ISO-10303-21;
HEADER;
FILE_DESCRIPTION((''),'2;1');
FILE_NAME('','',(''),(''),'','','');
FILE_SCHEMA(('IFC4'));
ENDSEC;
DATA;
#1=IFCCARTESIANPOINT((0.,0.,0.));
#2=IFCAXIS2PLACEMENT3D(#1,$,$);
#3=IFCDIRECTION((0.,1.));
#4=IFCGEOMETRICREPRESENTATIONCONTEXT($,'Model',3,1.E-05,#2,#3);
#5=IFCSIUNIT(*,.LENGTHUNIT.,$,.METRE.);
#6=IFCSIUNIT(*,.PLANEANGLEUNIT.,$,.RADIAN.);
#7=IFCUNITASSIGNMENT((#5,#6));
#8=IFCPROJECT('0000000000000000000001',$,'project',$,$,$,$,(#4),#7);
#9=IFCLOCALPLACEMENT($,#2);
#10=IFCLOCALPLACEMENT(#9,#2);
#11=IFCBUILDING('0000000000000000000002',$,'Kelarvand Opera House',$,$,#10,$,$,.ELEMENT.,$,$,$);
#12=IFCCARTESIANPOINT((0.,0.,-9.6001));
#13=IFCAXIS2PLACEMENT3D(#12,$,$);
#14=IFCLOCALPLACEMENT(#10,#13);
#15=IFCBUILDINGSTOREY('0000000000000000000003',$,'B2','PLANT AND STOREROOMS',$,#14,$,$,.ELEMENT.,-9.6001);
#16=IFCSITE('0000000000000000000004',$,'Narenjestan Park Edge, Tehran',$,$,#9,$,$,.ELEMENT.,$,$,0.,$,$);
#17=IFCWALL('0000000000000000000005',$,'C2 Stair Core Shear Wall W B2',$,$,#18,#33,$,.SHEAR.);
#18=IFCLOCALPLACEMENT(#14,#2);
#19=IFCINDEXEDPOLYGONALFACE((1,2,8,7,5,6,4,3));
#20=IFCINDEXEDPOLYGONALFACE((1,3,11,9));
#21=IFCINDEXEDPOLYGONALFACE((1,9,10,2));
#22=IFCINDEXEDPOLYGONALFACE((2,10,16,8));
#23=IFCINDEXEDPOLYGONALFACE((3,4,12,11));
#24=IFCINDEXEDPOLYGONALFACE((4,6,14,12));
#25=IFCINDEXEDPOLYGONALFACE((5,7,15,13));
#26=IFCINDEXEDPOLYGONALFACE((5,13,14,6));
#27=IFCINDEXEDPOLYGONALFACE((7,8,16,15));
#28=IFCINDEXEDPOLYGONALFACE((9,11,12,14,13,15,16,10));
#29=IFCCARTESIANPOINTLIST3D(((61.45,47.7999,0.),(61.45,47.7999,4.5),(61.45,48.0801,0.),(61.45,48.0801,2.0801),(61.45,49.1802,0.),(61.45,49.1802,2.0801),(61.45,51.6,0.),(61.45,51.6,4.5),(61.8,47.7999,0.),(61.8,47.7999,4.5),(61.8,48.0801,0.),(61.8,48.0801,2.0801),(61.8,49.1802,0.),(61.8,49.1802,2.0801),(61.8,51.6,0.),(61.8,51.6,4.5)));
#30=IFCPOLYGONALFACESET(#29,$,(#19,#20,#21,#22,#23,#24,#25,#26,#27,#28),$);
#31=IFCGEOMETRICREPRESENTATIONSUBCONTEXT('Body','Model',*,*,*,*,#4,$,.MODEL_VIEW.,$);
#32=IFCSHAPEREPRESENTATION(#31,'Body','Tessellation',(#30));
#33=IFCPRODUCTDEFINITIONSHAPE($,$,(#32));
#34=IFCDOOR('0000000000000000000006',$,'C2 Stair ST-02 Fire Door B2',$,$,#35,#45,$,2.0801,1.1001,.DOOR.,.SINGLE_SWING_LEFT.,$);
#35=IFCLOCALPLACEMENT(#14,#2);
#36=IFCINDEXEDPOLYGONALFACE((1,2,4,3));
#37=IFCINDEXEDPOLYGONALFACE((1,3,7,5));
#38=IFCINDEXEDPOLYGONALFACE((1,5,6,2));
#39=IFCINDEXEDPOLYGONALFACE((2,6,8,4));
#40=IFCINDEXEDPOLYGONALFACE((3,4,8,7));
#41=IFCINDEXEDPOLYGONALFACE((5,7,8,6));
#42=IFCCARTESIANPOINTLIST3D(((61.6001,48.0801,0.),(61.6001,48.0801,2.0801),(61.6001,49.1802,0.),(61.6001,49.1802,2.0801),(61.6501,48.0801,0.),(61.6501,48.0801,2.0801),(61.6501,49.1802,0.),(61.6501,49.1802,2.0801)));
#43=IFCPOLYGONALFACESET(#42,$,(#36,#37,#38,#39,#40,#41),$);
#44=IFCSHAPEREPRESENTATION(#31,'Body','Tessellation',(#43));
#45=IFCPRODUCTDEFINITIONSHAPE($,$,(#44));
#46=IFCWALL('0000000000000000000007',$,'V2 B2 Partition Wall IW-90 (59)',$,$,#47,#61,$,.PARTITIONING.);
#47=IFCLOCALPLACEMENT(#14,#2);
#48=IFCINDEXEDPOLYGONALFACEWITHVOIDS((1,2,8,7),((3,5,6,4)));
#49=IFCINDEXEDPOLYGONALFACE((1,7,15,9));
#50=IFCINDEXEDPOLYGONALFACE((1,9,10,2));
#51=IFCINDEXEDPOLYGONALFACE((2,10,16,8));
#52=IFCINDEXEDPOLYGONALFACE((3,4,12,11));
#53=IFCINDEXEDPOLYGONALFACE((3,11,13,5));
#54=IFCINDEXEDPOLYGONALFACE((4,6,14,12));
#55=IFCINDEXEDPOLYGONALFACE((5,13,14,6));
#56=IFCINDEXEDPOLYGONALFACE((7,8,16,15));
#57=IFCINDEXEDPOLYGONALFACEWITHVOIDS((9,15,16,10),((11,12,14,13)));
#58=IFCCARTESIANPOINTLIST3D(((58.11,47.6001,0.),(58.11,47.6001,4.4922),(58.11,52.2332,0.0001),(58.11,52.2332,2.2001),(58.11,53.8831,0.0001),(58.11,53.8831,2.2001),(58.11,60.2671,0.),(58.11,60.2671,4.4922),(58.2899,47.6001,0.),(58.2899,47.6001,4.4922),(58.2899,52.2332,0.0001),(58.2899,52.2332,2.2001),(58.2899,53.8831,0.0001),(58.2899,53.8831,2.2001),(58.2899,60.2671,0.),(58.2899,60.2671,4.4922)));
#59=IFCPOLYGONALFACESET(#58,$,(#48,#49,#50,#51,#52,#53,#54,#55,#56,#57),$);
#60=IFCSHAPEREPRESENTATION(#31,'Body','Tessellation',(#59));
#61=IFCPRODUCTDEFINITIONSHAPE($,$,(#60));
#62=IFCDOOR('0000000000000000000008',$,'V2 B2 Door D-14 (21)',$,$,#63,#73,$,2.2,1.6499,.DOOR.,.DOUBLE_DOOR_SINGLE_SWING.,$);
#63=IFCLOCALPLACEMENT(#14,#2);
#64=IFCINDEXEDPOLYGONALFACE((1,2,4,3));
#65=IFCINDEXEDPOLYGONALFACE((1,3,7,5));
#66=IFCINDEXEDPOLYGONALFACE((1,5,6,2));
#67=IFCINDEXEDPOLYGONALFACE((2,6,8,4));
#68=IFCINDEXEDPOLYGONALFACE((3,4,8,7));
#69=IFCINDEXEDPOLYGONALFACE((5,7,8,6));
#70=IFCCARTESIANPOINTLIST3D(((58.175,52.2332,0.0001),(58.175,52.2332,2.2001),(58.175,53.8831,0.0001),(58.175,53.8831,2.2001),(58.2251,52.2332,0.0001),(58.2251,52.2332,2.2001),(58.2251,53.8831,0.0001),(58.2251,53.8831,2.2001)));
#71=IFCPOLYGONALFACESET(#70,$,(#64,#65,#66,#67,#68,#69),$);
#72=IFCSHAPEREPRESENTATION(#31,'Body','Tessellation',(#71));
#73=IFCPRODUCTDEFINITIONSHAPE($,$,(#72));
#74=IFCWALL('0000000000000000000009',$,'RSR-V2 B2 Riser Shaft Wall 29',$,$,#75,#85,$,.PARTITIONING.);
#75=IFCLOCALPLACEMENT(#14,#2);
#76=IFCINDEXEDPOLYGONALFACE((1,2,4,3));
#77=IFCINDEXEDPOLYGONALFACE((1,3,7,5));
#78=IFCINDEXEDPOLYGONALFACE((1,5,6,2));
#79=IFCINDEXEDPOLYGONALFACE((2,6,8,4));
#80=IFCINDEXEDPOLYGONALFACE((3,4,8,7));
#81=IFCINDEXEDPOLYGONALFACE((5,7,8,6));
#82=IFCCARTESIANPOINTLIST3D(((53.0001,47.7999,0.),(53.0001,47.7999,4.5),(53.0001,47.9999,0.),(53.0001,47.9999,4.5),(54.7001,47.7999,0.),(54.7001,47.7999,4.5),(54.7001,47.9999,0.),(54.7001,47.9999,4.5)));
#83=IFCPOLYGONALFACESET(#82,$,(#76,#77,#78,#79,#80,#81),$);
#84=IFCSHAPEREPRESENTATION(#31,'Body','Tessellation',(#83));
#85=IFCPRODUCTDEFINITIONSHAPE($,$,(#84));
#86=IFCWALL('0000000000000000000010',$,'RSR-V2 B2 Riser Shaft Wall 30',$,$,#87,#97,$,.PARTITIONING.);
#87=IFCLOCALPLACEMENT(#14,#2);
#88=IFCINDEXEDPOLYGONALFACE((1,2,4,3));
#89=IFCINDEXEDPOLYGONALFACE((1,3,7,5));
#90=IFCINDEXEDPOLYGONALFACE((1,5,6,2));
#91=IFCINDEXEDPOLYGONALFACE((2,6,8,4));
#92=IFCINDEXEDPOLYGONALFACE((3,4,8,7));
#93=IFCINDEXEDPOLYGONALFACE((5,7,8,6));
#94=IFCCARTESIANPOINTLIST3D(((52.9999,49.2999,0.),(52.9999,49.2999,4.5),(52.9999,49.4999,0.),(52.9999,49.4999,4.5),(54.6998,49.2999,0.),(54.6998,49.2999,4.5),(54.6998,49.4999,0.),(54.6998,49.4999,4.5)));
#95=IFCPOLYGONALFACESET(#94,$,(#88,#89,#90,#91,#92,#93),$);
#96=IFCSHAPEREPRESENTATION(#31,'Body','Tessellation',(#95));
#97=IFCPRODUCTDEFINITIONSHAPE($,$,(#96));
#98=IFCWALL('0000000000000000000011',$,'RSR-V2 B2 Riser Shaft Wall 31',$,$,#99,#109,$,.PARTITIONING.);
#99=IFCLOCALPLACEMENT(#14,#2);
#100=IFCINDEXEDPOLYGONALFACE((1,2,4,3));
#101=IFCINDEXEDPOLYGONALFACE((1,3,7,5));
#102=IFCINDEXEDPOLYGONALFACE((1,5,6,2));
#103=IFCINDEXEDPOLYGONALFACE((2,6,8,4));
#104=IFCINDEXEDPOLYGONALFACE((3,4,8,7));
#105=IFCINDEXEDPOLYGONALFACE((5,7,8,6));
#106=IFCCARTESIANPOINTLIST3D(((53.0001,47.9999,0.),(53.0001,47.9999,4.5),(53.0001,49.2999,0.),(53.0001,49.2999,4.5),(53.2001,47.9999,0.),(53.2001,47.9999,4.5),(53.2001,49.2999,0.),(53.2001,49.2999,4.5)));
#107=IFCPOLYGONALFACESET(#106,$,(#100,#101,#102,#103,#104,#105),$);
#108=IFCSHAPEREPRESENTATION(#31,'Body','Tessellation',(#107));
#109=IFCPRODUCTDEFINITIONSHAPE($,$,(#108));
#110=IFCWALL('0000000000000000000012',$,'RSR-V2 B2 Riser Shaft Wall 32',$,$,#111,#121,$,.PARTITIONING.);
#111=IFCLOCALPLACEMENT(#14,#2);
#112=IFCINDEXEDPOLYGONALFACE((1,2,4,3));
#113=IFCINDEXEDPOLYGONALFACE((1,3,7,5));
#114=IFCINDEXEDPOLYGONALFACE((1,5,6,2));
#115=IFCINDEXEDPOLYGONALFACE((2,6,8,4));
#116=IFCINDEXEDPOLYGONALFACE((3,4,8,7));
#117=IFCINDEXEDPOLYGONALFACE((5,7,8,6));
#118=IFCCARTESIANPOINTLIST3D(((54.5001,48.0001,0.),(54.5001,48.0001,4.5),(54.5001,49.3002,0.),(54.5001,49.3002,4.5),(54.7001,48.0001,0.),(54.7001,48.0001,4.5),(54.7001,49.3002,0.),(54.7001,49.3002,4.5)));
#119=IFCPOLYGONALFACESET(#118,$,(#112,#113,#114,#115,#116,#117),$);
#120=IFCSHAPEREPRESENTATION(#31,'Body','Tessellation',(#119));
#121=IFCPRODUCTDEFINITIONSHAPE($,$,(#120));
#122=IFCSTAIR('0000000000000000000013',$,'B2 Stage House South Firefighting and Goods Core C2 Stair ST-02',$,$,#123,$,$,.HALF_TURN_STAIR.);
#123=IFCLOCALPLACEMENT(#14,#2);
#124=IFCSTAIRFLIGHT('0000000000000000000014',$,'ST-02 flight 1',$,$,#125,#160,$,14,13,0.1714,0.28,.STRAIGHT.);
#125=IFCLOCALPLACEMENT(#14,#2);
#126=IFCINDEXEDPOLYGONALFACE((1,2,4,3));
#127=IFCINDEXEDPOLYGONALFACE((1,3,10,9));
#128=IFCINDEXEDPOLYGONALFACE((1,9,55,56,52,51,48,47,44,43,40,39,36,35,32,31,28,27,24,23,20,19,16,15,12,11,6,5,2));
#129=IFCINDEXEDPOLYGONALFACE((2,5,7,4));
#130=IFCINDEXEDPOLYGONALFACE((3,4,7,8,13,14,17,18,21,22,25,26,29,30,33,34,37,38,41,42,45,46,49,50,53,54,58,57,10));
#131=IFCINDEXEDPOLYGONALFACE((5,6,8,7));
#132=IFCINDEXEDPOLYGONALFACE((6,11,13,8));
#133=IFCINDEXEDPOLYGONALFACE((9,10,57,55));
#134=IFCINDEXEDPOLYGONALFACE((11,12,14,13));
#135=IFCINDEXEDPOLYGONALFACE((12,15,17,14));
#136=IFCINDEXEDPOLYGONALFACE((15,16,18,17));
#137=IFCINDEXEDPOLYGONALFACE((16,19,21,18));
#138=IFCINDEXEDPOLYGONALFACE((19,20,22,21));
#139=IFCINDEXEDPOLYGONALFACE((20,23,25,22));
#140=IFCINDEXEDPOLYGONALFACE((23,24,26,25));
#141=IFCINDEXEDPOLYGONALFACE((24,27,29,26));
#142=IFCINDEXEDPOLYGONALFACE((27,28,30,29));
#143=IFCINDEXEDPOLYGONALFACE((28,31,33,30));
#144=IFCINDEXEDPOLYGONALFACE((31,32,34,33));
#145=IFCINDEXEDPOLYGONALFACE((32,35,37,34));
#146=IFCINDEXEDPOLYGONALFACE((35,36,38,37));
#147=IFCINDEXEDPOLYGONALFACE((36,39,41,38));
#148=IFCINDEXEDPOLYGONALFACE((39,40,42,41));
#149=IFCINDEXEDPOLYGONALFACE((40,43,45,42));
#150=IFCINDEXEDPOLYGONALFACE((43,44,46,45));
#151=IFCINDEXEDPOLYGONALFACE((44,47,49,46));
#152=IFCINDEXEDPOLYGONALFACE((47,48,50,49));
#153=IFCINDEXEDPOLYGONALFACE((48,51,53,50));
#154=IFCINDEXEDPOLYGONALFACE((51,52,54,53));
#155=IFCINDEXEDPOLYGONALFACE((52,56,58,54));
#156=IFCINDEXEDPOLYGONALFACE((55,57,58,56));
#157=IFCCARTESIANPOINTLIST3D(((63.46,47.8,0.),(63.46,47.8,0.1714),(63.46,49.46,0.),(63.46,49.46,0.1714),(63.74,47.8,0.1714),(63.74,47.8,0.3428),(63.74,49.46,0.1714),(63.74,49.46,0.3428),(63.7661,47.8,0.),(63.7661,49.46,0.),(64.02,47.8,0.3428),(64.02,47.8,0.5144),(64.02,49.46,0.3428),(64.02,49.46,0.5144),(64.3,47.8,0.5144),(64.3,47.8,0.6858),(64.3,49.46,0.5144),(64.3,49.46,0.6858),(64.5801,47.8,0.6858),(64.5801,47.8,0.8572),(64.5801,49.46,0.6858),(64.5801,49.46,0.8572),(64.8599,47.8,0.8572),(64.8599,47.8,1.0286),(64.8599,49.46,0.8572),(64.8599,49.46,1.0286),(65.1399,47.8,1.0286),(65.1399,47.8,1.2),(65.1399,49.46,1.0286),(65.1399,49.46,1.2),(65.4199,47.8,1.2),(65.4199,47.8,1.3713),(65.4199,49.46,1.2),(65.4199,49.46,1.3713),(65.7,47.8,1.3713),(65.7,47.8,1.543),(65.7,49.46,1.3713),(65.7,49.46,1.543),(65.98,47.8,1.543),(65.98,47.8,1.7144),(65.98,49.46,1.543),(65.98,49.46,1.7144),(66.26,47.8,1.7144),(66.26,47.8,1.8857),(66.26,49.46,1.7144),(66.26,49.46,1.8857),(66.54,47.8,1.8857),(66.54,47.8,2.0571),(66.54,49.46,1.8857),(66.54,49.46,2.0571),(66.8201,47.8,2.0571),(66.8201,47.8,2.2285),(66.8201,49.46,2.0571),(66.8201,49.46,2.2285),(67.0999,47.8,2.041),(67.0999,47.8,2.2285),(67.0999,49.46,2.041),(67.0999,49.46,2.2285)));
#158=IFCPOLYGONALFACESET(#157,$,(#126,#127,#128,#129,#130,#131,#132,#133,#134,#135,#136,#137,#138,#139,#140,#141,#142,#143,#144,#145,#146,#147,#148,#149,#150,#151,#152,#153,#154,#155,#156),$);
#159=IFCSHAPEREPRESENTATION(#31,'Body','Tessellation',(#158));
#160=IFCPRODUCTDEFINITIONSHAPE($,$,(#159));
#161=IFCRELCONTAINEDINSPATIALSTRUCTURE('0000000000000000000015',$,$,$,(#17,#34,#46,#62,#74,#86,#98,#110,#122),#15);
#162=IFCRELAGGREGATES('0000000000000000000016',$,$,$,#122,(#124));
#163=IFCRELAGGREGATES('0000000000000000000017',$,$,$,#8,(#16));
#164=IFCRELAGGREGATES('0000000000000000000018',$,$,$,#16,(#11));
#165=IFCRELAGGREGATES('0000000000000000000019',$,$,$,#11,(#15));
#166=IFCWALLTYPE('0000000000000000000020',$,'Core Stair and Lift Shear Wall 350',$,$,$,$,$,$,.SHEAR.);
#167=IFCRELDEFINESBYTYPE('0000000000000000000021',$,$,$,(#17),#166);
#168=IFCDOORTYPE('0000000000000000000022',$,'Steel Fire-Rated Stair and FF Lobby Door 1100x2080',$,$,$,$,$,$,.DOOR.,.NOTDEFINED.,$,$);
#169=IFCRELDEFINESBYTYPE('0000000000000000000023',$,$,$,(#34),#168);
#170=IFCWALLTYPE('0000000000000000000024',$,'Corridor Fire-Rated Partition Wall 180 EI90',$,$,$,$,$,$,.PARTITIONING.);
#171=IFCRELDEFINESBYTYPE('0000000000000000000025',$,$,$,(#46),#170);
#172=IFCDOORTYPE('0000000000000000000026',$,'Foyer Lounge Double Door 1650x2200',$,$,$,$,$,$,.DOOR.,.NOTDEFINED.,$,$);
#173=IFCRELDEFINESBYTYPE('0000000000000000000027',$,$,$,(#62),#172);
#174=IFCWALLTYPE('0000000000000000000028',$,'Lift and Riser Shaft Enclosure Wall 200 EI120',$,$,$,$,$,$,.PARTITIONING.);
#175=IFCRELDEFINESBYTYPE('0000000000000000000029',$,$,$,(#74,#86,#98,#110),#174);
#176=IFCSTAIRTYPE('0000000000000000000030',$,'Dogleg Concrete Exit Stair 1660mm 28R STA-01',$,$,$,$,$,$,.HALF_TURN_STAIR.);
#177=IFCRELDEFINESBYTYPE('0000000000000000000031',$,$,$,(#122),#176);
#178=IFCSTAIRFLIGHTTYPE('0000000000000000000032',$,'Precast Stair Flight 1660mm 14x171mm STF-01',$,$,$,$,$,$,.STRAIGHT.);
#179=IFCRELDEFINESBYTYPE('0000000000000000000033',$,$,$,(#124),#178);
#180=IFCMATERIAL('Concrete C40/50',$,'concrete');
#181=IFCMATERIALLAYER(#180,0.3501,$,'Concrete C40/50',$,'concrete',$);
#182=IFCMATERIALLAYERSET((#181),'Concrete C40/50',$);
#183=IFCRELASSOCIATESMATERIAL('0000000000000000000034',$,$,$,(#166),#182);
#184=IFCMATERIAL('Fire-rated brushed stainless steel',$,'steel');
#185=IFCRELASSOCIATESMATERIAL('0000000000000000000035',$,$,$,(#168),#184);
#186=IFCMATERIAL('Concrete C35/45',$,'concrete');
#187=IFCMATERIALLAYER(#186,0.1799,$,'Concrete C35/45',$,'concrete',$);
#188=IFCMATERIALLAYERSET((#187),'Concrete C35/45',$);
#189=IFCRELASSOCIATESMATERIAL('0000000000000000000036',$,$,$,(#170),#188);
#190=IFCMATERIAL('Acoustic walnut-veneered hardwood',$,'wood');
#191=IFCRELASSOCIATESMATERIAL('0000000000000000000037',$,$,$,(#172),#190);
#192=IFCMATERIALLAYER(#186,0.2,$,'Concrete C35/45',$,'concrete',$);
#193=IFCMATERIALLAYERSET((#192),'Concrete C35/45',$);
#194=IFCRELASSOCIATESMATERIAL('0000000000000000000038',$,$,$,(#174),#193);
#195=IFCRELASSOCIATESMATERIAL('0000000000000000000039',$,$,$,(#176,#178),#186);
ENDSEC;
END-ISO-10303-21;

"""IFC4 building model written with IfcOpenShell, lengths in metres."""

from ifc_helpers import new_model, si_unit, direction, frame, frame_2d, origin, place, context, subcontext, project, spatial, polyline, rectangle, outline, extrude, material, layer, layer_set, type_object, element, fill, aggregate, save


model = new_model("IFC4")

# Units and contexts
model_context = context("Model", 3, precision=1e-05, world=origin(), true_north=direction((0.0, 1.0)))
body_context = subcontext(model_context, "Body", "Model", "MODEL_VIEW")
ifc_project = project(units=[si_unit("LENGTHUNIT", "METRE"), si_unit("PLANEANGLEUNIT", "RADIAN")], contexts=[model_context])

# Site, building, storey
site_placement = place(None, origin())
site = spatial("IfcSite", under=ifc_project, at=site_placement, Name="Narenjestan Park Edge, Tehran", CompositionType="ELEMENT", RefElevation=0.0)
building_placement = place(site_placement, origin())
building = spatial("IfcBuilding", under=site, at=building_placement, Name="Kelarvand Opera House", CompositionType="ELEMENT")
storey_placement = place(building_placement, frame((0.0, 0.0, -9.6001)))
storey = spatial("IfcBuildingStorey", under=building, at=storey_placement, Name="B2", Description="PLANT AND STOREROOMS", CompositionType="ELEMENT", Elevation=-9.6001)

# Shared definitions
ifc_material_1 = material(Name="Concrete C40/50", Category="concrete")

# Shared definitions
ifc_material_2 = material(Name="Concrete C35/45", Category="concrete")
ifc_layer_1 = layer(ifc_material_1, 0.3501, Name="Concrete C40/50", Category="concrete")
ifc_layer_set_1 = layer_set([ifc_layer_1], Name="Concrete C40/50")
wall_type_1 = type_object("IfcWallType", Name="Core Stair and Lift Shear Wall 350", PredefinedType="SHEAR", material=ifc_layer_set_1)

# Walls, openings, doors
wall_1_placement = place(storey_placement, frame((61.625, 47.8, 0.0), z_axis=(0.0, 0.0, 1.0), x_axis=(0.0, 1.0, 0.0)))
wall_1 = element("IfcWall", 1, at=wall_1_placement, inside=storey, type_object=wall_type_1, Name="C2 Stair Core Shear Wall W B2", PredefinedType="SHEAR", context=body_context, shape_type="SweptSolid", body=[
    extrude(rectangle(XDim=3.8, YDim=0.3501, at=frame_2d((1.8999, 0.0))), origin(), (0.0, 0.0, 1.0), 4.5),
])
opening_1_placement = place(wall_1_placement, frame((0.28, 0.0, 0.0)))
opening_1 = element("IfcOpeningElement", 2, at=opening_1_placement, cuts=wall_1, PredefinedType="OPENING", context=body_context, shape_type="SweptSolid", body=[
    extrude(rectangle(XDim=1.1001, YDim=2.0801, at=frame_2d((0.55, 1.04))), frame((0.0, 0.1851, 0.0), z_axis=(0.0, -1.0, 0.0), x_axis=(1.0, 0.0, 0.0)), (0.0, 0.0, 1.0), 0.3701),
])
ifc_material_3 = material(Name="Fire-rated brushed stainless steel", Category="steel")
door_type_1 = type_object("IfcDoorType", Name="Steel Fire-Rated Stair and FF Lobby Door 1100x2080", OperationType="NOTDEFINED", PredefinedType="DOOR", material=ifc_material_3)
door_1_placement = place(opening_1_placement, origin())
door_1 = element("IfcDoor", 3, at=door_1_placement, inside=storey, type_object=door_type_1, Name="C2 Stair ST-02 Fire Door B2", OperationType="SINGLE_SWING_LEFT", OverallHeight=2.0801, OverallWidth=1.1001, PredefinedType="DOOR", context=body_context, shape_type="SweptSolid", body=[
    extrude(rectangle(XDim=1.1001, YDim=2.0801, at=frame_2d((0.55, 1.04))), frame((0.0, 0.0249, 0.0), z_axis=(0.0, -1.0, 0.0), x_axis=(1.0, 0.0, 0.0)), (0.0, 0.0, 1.0), 0.05),
])
fill(opening_1, door_1)
ifc_layer_2 = layer(ifc_material_2, 0.1799, Name="Concrete C35/45", Category="concrete")
ifc_layer_set_2 = layer_set([ifc_layer_2], Name="Concrete C35/45")
wall_type_2 = type_object("IfcWallType", Name="Corridor Fire-Rated Partition Wall 180 EI90", PredefinedType="PARTITIONING", material=ifc_layer_set_2)
wall_2_placement = place(storey_placement, frame((58.2, 47.6001, 0.0), z_axis=(0.0, 0.0, 1.0), x_axis=(0.0, 1.0, 0.0)))
wall_2 = element("IfcWall", 4, at=wall_2_placement, inside=storey, type_object=wall_type_2, Name="V2 B2 Partition Wall IW-90 (59)", PredefinedType="PARTITIONING", context=body_context, shape_type="SweptSolid", body=[
    extrude(rectangle(XDim=12.667, YDim=0.1799, at=frame_2d((6.3335, 0.0))), origin(), (0.0, 0.0, 1.0), 4.4922),
])
opening_2_placement = place(wall_2_placement, frame((4.6331, 0.0, 0.0)))
opening_2 = element("IfcOpeningElement", 5, at=opening_2_placement, cuts=wall_2, PredefinedType="OPENING", context=body_context, shape_type="SweptSolid", body=[
    extrude(rectangle(XDim=1.6499, YDim=2.2, at=frame_2d((0.825, 1.1001))), frame((0.0, 0.1001, 0.0), z_axis=(0.0, -1.0, 0.0), x_axis=(1.0, 0.0, 0.0)), (0.0, 0.0, 1.0), 0.2),
])
ifc_material_4 = material(Name="Acoustic walnut-veneered hardwood", Category="wood")
door_type_2 = type_object("IfcDoorType", Name="Foyer Lounge Double Door 1650x2200", OperationType="NOTDEFINED", PredefinedType="DOOR", material=ifc_material_4)
door_2_placement = place(opening_2_placement, origin())
door_2 = element("IfcDoor", 6, at=door_2_placement, inside=storey, type_object=door_type_2, Name="V2 B2 Door D-14 (21)", OperationType="DOUBLE_DOOR_SINGLE_SWING", OverallHeight=2.2, OverallWidth=1.6499, PredefinedType="DOOR", context=body_context, shape_type="SweptSolid", body=[
    extrude(rectangle(XDim=1.6499, YDim=2.2, at=frame_2d((0.825, 1.1001))), frame((0.0, 0.0249, 0.0), z_axis=(0.0, -1.0, 0.0), x_axis=(1.0, 0.0, 0.0)), (0.0, 0.0, 1.0), 0.05),
])
fill(opening_2, door_2)

# Walls
ifc_layer_3 = layer(ifc_material_2, 0.2, Name="Concrete C35/45", Category="concrete")
ifc_layer_set_3 = layer_set([ifc_layer_3], Name="Concrete C35/45")
wall_type_3 = type_object("IfcWallType", Name="Lift and Riser Shaft Enclosure Wall 200 EI120", PredefinedType="PARTITIONING", material=ifc_layer_set_3)
for number, where, z_axis, x_axis, name in (
    (7, (53.0, 47.8999, 0.0), (0.0, 0.0, 1.0), (1.0, 0.0, 0.0), "RSR-V2 B2 Riser Shaft Wall 29"),
    (8, (54.7, 49.3999, 0.0), (0.0, 0.0, 1.0), (-1.0, 0.0, 0.0), "RSR-V2 B2 Riser Shaft Wall 30"),
):
    element("IfcWall", number, at=place(storey_placement, frame(where, z_axis=z_axis, x_axis=x_axis)), inside=storey, type_object=wall_type_3, Name=name, PredefinedType="PARTITIONING", context=body_context, shape_type="SweptSolid", body=[
        extrude(rectangle(XDim=1.7, YDim=0.2, at=frame_2d((0.8501, 0.0))), origin(), (0.0, 0.0, 1.0), 4.5),
    ])
for number, where, z_axis, x_axis, name in (
    (9, (53.1001, 48.0, 0.0), (0.0, 0.0, 1.0), (0.0, 1.0, 0.0), "RSR-V2 B2 Riser Shaft Wall 31"),
    (10, (54.6001, 49.3, 0.0), (0.0, 0.0, 1.0), (0.0, -1.0, 0.0), "RSR-V2 B2 Riser Shaft Wall 32"),
):
    element("IfcWall", number, at=place(storey_placement, frame(where, z_axis=z_axis, x_axis=x_axis)), inside=storey, type_object=wall_type_3, Name=name, PredefinedType="PARTITIONING", context=body_context, shape_type="SweptSolid", body=[
        extrude(rectangle(XDim=1.3, YDim=0.2, at=frame_2d((0.6499, 0.0))), origin(), (0.0, 0.0, 1.0), 4.5),
    ])

# Stair, stair flight
stair_type = type_object("IfcStairType", Name="Dogleg Concrete Exit Stair 1660mm 28R STA-01", PredefinedType="HALF_TURN_STAIR", material=ifc_material_2)
stair_placement = place(storey_placement, origin())
stair = element("IfcStair", 11, at=stair_placement, inside=storey, type_object=stair_type, Name="B2 Stage House South Firefighting and Goods Core C2 Stair ST-02", PredefinedType="HALF_TURN_STAIR")
stair_flight_type = type_object("IfcStairFlightType", Name="Precast Stair Flight 1660mm 14x171mm STF-01", PredefinedType="STRAIGHT", material=ifc_material_2)
stair_flight_1_placement = place(storey_placement, frame((63.46, 48.6299, 0.0), z_axis=(0.0, 0.0, 1.0), x_axis=(1.0, 0.0, 0.0)))
stair_flight_1 = element("IfcStairFlight", 12, at=stair_flight_1_placement, type_object=stair_flight_type, Name="ST-02 flight 1", NumberOfRisers=14, NumberOfTreads=13, PredefinedType="STRAIGHT", RiserHeight=0.1714, TreadLength=0.28, context=body_context, shape_type="SweptSolid", body=[
    extrude(outline(polyline([(0.0, 0.0), (0.0, 0.1714), (0.28, 0.1714), (0.28, 0.3428), (0.5601, 0.3428), (0.5601, 0.5144), (0.8401, 0.5144), (0.8401, 0.6858), (1.1201, 0.6858), (1.1201, 0.8572), (1.3999, 0.8572), (1.3999, 1.0286), (1.6799, 1.0286), (1.6799, 1.2), (1.96, 1.2), (1.96, 1.3713), (2.24, 1.3713), (2.24, 1.543), (2.52, 1.543), (2.52, 1.7144), (2.8, 1.7144), (2.8, 1.8857), (3.0801, 1.8857), (3.0801, 2.0571), (3.3601, 2.0571), (3.3601, 2.2285), (3.6399, 2.2285), (3.6399, 2.3999), (3.6399, 2.041), (0.3062, 0.0), (0.0, 0.0)])), frame((0.0, 0.8301, 0.0), z_axis=(0.0, -1.0, 0.0), x_axis=(1.0, 0.0, 0.0)), (0.0, 0.0, 1.0), 1.6599),
])
aggregate(stair, [stair_flight_1])

save(model, "model.ifc")
